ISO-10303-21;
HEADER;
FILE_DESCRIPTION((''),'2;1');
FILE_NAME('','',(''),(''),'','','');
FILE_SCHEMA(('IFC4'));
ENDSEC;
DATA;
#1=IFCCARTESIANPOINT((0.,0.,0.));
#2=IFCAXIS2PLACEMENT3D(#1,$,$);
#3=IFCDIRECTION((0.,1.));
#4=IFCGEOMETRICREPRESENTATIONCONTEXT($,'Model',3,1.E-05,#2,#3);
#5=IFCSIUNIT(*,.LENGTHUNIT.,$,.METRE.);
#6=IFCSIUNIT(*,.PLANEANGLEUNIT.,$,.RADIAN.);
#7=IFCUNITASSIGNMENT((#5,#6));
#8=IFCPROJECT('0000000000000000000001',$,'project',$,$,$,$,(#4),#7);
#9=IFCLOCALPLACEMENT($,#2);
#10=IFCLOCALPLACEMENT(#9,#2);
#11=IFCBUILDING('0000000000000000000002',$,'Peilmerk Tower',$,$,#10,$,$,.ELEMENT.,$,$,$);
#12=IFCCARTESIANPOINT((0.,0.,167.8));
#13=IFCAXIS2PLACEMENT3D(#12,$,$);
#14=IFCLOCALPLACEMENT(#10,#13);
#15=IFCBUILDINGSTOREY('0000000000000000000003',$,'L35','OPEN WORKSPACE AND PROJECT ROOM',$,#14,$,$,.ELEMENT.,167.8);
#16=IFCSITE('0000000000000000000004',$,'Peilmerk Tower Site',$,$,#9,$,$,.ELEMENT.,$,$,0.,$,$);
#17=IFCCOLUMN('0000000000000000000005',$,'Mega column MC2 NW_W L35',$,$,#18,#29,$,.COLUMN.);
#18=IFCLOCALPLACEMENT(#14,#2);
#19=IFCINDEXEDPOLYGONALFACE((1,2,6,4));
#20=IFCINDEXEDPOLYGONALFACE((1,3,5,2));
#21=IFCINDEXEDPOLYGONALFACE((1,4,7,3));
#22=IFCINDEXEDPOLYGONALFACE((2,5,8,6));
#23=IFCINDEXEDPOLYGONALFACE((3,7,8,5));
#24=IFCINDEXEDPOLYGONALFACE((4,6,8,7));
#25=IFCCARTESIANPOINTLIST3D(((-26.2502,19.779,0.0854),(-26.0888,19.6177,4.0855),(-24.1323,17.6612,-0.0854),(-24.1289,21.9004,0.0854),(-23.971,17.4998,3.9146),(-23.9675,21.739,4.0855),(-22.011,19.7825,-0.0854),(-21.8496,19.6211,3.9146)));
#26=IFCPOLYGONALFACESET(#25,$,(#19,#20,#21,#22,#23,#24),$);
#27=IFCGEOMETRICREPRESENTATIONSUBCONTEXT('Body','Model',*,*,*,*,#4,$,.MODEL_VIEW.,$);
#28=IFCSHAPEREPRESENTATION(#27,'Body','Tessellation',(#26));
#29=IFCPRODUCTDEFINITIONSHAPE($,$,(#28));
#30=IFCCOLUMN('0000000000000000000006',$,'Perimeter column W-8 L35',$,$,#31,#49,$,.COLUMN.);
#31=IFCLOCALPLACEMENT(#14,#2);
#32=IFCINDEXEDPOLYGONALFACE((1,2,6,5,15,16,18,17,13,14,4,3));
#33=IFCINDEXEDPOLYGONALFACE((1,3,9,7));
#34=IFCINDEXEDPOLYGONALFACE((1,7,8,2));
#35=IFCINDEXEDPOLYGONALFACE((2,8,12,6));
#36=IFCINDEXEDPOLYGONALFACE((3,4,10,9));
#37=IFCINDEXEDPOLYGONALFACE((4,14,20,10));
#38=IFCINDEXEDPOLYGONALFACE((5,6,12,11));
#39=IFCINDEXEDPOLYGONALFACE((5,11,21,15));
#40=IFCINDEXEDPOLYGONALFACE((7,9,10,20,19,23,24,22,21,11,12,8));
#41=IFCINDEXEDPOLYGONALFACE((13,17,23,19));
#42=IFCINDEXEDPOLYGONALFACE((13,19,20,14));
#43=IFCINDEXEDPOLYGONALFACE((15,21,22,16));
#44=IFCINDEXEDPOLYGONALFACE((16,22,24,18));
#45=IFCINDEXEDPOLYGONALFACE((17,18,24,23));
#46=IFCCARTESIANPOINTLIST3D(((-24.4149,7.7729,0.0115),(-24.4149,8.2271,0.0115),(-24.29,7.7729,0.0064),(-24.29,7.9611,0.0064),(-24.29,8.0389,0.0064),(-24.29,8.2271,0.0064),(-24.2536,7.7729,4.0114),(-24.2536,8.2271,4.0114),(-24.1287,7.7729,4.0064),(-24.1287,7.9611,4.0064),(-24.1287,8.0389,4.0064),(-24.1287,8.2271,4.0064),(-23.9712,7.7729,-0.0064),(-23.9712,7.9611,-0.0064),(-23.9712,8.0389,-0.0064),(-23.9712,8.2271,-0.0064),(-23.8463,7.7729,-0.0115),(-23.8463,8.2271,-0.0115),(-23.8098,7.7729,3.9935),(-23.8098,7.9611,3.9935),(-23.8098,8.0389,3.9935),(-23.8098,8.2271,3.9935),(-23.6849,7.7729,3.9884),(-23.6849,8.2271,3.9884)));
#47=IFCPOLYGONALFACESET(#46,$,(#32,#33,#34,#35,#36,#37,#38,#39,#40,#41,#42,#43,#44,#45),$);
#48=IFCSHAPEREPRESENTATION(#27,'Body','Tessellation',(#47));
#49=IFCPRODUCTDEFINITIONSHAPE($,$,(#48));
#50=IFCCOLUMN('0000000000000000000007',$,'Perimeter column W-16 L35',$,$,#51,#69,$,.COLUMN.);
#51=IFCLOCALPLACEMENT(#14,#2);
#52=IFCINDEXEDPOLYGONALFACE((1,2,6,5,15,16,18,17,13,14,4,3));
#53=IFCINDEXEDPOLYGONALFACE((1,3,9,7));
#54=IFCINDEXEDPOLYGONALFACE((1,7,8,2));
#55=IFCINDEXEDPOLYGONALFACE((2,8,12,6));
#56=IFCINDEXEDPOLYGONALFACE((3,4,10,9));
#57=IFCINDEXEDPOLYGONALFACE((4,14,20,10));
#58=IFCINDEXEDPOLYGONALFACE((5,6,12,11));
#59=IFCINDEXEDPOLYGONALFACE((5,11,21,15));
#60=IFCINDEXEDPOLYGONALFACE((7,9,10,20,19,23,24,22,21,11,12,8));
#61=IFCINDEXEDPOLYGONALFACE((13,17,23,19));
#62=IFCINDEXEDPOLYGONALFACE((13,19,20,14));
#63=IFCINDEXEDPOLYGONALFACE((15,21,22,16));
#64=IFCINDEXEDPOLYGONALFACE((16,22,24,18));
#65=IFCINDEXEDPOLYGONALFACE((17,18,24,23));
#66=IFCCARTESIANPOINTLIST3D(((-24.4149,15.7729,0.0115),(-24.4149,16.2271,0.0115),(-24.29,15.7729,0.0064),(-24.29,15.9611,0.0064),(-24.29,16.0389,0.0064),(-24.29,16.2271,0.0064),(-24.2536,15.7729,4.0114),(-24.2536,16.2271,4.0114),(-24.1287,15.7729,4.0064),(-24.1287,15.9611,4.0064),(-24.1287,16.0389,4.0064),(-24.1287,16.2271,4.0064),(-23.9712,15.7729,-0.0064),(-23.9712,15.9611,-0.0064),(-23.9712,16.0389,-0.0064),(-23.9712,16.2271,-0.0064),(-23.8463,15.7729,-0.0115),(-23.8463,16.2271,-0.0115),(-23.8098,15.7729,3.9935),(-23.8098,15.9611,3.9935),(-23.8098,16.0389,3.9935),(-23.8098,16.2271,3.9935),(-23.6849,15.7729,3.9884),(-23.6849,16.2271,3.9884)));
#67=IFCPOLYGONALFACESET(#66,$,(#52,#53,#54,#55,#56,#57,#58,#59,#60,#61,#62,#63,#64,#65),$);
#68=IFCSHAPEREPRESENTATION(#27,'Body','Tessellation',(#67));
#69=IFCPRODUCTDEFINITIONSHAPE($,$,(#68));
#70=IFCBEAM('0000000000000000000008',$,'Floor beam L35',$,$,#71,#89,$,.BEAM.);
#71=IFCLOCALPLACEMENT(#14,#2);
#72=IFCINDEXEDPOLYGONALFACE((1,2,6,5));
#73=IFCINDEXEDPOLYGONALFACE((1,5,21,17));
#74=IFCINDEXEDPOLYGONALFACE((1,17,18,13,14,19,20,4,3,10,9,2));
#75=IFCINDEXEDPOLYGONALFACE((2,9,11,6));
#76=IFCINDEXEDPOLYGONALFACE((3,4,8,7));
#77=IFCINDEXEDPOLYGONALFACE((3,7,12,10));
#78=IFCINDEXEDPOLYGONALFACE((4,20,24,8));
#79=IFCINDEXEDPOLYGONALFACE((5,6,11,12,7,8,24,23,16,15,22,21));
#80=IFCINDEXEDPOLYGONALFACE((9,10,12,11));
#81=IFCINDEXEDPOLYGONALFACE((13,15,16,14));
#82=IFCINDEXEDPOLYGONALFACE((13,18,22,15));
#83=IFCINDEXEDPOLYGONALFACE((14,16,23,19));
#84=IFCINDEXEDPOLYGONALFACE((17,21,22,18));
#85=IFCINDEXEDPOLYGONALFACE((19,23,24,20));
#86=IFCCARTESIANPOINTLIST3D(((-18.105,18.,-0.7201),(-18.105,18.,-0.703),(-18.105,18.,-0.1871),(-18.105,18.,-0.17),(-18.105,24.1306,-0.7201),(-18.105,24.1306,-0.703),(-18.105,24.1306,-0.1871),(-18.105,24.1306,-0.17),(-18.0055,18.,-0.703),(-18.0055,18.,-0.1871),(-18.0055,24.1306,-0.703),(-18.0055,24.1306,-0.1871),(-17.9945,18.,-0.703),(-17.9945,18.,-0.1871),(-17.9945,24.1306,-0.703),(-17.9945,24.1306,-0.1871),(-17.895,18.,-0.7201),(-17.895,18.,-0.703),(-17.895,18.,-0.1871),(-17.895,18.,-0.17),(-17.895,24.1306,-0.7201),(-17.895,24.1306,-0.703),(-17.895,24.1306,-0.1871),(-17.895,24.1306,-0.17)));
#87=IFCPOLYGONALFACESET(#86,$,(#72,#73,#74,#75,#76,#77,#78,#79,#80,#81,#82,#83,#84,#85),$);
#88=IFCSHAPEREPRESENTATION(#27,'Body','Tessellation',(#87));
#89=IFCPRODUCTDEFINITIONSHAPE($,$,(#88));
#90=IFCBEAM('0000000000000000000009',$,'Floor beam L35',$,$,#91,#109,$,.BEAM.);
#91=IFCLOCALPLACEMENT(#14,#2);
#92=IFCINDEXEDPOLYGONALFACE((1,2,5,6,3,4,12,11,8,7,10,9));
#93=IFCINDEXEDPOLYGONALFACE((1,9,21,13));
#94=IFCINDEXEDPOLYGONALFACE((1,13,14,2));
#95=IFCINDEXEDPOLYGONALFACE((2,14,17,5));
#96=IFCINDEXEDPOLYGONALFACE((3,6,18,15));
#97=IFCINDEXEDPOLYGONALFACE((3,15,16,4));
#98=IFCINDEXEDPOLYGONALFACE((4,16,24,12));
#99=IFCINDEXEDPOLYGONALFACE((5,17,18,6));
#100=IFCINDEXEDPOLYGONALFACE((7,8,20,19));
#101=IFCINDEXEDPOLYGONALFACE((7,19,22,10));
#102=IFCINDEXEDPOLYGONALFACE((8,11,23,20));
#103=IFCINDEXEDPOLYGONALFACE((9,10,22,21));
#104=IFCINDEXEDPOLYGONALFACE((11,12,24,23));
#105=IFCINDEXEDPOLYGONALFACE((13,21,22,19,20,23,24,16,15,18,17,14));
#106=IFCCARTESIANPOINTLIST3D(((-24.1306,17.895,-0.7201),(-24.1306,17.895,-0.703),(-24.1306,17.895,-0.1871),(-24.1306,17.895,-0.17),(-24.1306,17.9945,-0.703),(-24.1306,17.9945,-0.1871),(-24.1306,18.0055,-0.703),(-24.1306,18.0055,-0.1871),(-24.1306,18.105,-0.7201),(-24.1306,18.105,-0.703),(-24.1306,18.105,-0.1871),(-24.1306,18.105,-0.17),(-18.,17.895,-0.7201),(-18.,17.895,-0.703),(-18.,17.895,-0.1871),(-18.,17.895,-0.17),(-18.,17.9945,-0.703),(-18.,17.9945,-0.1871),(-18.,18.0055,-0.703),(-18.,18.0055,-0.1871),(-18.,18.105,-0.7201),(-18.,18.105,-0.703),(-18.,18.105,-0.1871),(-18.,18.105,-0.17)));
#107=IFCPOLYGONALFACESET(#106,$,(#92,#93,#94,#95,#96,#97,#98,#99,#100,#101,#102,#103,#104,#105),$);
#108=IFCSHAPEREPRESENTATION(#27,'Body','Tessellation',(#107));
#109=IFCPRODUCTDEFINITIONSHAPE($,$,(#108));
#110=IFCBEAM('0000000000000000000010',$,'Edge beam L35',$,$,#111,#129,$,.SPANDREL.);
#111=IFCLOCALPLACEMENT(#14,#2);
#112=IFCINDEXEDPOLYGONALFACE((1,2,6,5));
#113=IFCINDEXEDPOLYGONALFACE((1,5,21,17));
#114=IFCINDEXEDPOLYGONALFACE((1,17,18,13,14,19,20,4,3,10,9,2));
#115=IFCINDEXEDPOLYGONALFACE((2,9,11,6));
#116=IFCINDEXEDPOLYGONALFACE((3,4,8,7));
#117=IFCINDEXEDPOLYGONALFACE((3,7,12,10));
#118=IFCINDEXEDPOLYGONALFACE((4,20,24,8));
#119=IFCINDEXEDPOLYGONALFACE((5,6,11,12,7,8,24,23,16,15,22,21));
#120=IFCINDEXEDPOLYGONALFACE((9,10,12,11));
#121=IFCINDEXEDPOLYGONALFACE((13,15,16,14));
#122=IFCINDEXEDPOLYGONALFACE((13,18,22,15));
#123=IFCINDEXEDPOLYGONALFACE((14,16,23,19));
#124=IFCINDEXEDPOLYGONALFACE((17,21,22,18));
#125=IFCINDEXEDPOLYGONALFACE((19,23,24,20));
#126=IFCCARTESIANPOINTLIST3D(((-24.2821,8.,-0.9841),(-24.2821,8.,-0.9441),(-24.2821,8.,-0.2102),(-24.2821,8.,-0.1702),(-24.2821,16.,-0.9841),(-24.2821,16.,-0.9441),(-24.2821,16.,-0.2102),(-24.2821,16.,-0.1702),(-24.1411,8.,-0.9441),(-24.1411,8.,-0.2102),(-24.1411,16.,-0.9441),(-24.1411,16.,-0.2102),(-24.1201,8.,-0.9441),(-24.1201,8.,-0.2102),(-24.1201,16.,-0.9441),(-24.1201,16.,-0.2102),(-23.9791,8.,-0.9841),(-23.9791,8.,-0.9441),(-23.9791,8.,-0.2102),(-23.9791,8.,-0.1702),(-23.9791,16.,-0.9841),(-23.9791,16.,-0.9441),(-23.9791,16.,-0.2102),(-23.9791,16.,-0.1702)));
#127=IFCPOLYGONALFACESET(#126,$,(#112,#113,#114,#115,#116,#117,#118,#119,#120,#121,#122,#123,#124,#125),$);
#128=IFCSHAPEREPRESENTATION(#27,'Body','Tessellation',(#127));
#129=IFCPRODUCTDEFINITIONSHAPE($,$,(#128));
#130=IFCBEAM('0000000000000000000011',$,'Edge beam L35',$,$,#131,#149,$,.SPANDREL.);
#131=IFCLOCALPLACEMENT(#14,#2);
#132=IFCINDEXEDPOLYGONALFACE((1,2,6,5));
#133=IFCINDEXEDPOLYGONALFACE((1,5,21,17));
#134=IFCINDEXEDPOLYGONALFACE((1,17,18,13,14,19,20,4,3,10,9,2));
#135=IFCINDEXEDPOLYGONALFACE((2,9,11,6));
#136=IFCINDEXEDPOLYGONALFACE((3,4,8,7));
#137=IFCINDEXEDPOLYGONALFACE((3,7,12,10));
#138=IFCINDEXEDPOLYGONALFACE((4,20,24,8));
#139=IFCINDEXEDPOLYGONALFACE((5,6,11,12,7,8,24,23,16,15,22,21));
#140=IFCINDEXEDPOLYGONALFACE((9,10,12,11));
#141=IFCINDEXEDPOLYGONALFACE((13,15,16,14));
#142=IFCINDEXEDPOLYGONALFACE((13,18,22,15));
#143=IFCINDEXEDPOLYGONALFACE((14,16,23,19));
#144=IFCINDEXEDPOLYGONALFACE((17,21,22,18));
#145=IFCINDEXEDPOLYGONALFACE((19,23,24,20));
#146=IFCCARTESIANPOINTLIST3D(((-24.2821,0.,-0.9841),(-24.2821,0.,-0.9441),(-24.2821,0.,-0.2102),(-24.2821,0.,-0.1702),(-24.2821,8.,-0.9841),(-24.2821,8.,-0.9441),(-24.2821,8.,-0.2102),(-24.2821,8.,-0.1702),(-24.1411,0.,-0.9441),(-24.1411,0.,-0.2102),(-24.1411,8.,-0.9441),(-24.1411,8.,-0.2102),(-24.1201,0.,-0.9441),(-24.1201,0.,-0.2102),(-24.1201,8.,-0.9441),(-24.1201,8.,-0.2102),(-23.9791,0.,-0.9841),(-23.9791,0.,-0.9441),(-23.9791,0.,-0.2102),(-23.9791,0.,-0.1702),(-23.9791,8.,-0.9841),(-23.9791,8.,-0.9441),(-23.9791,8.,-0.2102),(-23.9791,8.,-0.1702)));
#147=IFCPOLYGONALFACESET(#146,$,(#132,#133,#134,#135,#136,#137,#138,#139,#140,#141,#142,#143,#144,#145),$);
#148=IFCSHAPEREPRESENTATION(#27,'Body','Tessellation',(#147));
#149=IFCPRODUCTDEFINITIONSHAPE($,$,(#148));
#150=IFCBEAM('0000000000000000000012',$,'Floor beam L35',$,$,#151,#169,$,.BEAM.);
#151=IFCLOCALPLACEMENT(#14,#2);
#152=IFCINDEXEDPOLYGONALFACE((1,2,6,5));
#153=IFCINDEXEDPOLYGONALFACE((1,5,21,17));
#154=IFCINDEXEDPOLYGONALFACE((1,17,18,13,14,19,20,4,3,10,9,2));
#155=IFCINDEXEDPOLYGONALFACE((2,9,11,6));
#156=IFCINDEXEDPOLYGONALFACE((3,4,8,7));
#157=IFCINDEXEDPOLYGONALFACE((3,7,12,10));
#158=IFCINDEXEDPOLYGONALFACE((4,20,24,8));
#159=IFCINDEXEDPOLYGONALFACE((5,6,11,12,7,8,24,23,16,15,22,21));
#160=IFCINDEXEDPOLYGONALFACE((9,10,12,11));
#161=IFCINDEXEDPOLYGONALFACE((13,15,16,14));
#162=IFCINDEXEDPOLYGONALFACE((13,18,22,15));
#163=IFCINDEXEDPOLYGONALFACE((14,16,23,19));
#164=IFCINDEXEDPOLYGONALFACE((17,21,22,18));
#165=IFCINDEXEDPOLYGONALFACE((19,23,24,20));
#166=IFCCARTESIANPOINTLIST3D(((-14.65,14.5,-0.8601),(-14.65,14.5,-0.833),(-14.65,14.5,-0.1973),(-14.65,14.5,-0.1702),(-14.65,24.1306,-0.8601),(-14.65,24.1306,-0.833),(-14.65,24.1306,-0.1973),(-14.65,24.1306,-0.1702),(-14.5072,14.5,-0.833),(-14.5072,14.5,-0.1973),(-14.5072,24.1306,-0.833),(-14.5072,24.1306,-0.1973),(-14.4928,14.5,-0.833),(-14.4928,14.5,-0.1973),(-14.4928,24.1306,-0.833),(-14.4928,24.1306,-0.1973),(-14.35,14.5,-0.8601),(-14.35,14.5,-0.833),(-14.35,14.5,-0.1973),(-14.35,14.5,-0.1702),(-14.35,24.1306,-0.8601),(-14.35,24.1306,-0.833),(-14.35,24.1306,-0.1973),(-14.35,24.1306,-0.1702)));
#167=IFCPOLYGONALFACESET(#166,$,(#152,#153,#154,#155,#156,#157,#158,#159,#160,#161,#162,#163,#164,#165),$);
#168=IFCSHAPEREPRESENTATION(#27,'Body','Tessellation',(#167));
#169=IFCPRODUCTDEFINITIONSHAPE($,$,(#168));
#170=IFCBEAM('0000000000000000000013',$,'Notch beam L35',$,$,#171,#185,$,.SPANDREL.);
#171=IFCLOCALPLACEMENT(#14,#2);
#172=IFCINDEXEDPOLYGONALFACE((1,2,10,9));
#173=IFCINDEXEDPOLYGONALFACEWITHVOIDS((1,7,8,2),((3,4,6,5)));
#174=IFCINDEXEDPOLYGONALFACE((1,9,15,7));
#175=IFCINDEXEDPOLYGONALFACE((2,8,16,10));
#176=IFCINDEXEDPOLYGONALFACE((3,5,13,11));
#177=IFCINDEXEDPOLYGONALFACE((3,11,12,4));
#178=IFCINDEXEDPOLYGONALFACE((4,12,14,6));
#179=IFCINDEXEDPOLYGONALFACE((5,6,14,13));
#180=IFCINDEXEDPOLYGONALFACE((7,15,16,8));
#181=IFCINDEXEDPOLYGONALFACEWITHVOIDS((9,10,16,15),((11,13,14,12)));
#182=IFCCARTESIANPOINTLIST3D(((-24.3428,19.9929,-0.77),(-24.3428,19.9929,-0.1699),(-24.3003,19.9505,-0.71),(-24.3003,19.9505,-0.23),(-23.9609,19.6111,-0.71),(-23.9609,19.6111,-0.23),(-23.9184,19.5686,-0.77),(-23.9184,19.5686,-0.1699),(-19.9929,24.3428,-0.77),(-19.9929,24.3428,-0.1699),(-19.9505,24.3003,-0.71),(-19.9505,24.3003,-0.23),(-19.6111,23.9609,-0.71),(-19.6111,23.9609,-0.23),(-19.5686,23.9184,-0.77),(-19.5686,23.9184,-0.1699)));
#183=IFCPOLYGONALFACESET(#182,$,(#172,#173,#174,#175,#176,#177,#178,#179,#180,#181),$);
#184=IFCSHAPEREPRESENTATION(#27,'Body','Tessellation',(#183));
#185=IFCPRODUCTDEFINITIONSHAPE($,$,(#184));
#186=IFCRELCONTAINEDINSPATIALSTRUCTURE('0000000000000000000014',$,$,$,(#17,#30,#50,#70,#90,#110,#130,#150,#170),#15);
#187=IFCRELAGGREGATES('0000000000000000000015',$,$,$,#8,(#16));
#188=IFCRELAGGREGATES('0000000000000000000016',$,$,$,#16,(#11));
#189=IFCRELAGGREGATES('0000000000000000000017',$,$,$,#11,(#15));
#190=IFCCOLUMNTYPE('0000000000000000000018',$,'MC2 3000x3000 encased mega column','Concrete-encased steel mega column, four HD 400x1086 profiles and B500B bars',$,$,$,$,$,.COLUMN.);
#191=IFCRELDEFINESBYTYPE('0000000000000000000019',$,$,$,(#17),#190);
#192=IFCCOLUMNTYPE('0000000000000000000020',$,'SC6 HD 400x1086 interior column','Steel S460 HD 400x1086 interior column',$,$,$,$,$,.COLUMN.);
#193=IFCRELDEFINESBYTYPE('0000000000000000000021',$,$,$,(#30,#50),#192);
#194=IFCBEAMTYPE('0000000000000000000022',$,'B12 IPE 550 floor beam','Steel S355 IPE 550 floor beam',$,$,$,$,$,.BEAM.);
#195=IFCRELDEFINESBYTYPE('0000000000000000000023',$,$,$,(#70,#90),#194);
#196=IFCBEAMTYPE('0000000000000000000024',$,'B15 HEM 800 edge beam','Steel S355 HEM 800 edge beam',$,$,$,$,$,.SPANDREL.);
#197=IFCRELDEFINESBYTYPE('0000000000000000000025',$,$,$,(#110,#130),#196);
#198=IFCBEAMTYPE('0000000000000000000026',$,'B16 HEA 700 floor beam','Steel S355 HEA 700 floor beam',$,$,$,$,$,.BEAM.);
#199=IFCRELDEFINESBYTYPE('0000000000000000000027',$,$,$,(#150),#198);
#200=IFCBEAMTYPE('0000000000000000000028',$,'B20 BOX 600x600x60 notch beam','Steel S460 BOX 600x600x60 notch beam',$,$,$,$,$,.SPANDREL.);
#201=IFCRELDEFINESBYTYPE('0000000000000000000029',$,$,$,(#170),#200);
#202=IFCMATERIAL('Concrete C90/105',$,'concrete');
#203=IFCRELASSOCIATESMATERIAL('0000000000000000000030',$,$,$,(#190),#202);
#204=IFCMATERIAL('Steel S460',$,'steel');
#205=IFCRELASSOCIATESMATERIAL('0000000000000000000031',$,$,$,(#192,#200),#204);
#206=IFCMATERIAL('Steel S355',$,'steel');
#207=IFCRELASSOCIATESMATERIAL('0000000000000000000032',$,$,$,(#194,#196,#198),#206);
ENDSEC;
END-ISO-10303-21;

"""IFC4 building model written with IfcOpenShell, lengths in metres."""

from ifc_helpers import new_model, si_unit, direction, frame, origin, origin_2d, place, context, subcontext, project, spatial, rectangle, hollow_rectangle, i_section, extrude, material, material_profile, profile_set, type_object, element, save


model = new_model("IFC4")

# Units and contexts
model_context = context("Model", 3, precision=1e-05, world=origin(), true_north=direction((0.0, 1.0)))
body_context = subcontext(model_context, "Body", "Model", "MODEL_VIEW")
ifc_project = project(units=[si_unit("LENGTHUNIT", "METRE"), si_unit("PLANEANGLEUNIT", "RADIAN")], contexts=[model_context])

# Site, building, storey
site_placement = place(None, origin())
site = spatial("IfcSite", under=ifc_project, at=site_placement, Name="Peilmerk Tower Site", CompositionType="ELEMENT", RefElevation=0.0)
building_placement = place(site_placement, origin())
building = spatial("IfcBuilding", under=site, at=building_placement, Name="Peilmerk Tower", CompositionType="ELEMENT")
storey_placement = place(building_placement, frame((0.0, 0.0, 167.8)))
storey = spatial("IfcBuildingStorey", under=building, at=storey_placement, Name="L35", Description="OPEN WORKSPACE AND PROJECT ROOM", CompositionType="ELEMENT", Elevation=167.8)

# Columns
ifc_material_1 = material(Name="Concrete C90/105", Category="concrete")
ifc_material_profile_1 = material_profile(ifc_material_1, rectangle(XDim=3.0, YDim=3.0, at=origin_2d()), Name="RC 3000x3000")
ifc_profile_set_1 = profile_set([ifc_material_profile_1], Name="Concrete C90/105")
column_type_1 = type_object("IfcColumnType", Name="MC2 3000x3000 encased mega column", Description="Concrete-encased steel mega column, four HD 400x1086 profiles and B500B bars", PredefinedType="COLUMN", material=ifc_profile_set_1)
column_placement = place(storey_placement, frame((-24.1306, 19.7808, 0.0), z_axis=(0.040279, -0.040279, 0.998376), x_axis=(0.707107, 0.707107, 0.0)))
element("IfcColumn", 1, at=column_placement, inside=storey, type_object=column_type_1, Name="Mega column MC2 NW_W L35", PredefinedType="COLUMN", context=body_context, shape_type="SweptSolid", body=[
    extrude(rectangle(XDim=3.0, YDim=3.0, at=origin_2d()), origin(), (0.0, 0.0, 1.0), 4.0066),
])
ifc_material_2 = material(Name="Steel S460", Category="steel")
ifc_material_profile_2 = material_profile(ifc_material_2, i_section(OverallWidth=0.4541, OverallDepth=0.5691, WebThickness=0.0779, FlangeThickness=0.125, at=origin_2d()), Name="HD 400x1086")
ifc_profile_set_2 = profile_set([ifc_material_profile_2], Name="Steel S460")
column_type_2 = type_object("IfcColumnType", Name="SC6 HD 400x1086 interior column", Description="Steel S460 HD 400x1086 interior column", PredefinedType="COLUMN", material=ifc_profile_set_2)
for number, where, z_axis, x_axis, name in (
    (2, (-24.1306, 8.0, 0.0), (0.040311, 0.0, 0.999187), (0.0, 1.0, 0.0), "Perimeter column W-8 L35"),
    (3, (-24.1306, 16.0, 0.0), (0.040311, 0.0, 0.999187), (0.0, 1.0, 0.0), "Perimeter column W-16 L35"),
):
    element("IfcColumn", number, at=place(storey_placement, frame(where, z_axis=z_axis, x_axis=x_axis)), inside=storey, type_object=column_type_2, Name=name, PredefinedType="COLUMN", context=body_context, shape_type="SweptSolid", body=[
        extrude(i_section(OverallWidth=0.4541, OverallDepth=0.5691, WebThickness=0.0779, FlangeThickness=0.125, at=origin_2d()), origin(), (0.0, 0.0, 1.0), 4.0032),
    ])

# Beams
ifc_material_3 = material(Name="Steel S355", Category="steel")
ifc_material_profile_3 = material_profile(ifc_material_3, i_section(OverallWidth=0.21, OverallDepth=0.55, WebThickness=0.011, FlangeThickness=0.0171, at=origin_2d()), Name="IPE 550")
ifc_profile_set_3 = profile_set([ifc_material_profile_3], Name="Steel S355")
beam_type_1 = type_object("IfcBeamType", Name="B12 IPE 550 floor beam", Description="Steel S355 IPE 550 floor beam", PredefinedType="BEAM", material=ifc_profile_set_3)
for number, where, z_axis, x_axis, name in (
    (4, (-18.0, 18.0, -0.4451), (0.0, 1.0, 0.0), (-1.0, 0.0, 0.0), "Floor beam L35"),
    (5, (-18.0, 18.0, -0.4451), (-1.0, 0.0, 0.0), (0.0, -1.0, 0.0), "Floor beam L35"),
):
    element("IfcBeam", number, at=place(storey_placement, frame(where, z_axis=z_axis, x_axis=x_axis)), inside=storey, type_object=beam_type_1, Name=name, PredefinedType="BEAM", context=body_context, shape_type="SweptSolid", body=[
        extrude(i_section(OverallWidth=0.21, OverallDepth=0.55, WebThickness=0.011, FlangeThickness=0.0171, at=origin_2d()), origin(), (0.0, 0.0, 1.0), 6.1306),
    ])
ifc_material_profile_4 = material_profile(ifc_material_3, i_section(OverallWidth=0.303, OverallDepth=0.814, WebThickness=0.021, FlangeThickness=0.04, at=origin_2d()), Name="HEM 800")
ifc_profile_set_4 = profile_set([ifc_material_profile_4], Name="Steel S355")
beam_type_2 = type_object("IfcBeamType", Name="B15 HEM 800 edge beam", Description="Steel S355 HEM 800 edge beam", PredefinedType="SPANDREL", material=ifc_profile_set_4)
for number, where, z_axis, x_axis, name in (
    (6, (-24.1306, 16.0, -0.5771), (0.0, -1.0, 0.0), (1.0, 0.0, 0.0), "Edge beam L35"),
    (7, (-24.1306, 8.0, -0.5771), (0.0, -1.0, 0.0), (1.0, 0.0, 0.0), "Edge beam L35"),
):
    element("IfcBeam", number, at=place(storey_placement, frame(where, z_axis=z_axis, x_axis=x_axis)), inside=storey, type_object=beam_type_2, Name=name, PredefinedType="SPANDREL", context=body_context, shape_type="SweptSolid", body=[
        extrude(i_section(OverallWidth=0.303, OverallDepth=0.814, WebThickness=0.021, FlangeThickness=0.04, at=origin_2d()), origin(), (0.0, 0.0, 1.0), 8.0),
    ])
ifc_material_profile_5 = material_profile(ifc_material_3, i_section(OverallWidth=0.3, OverallDepth=0.6899, WebThickness=0.0144, FlangeThickness=0.0271, at=origin_2d()), Name="HEA 700")
ifc_profile_set_5 = profile_set([ifc_material_profile_5], Name="Steel S355")
beam_type_3 = type_object("IfcBeamType", Name="B16 HEA 700 floor beam", Description="Steel S355 HEA 700 floor beam", PredefinedType="BEAM", material=ifc_profile_set_5)
beam_1_placement = place(storey_placement, frame((-14.5, 14.5, -0.5151), z_axis=(0.0, 1.0, 0.0), x_axis=(-1.0, 0.0, 0.0)))
element("IfcBeam", 8, at=beam_1_placement, inside=storey, type_object=beam_type_3, Name="Floor beam L35", PredefinedType="BEAM", context=body_context, shape_type="SweptSolid", body=[
    extrude(i_section(OverallWidth=0.3, OverallDepth=0.6899, WebThickness=0.0144, FlangeThickness=0.0271, at=origin_2d()), origin(), (0.0, 0.0, 1.0), 9.6306),
])
ifc_material_profile_6 = material_profile(ifc_material_2, hollow_rectangle(XDim=0.6001, YDim=0.6001, WallThickness=0.0601, at=origin_2d()), Name="BOX 600x600x60")
ifc_profile_set_6 = profile_set([ifc_material_profile_6], Name="Steel S460")
beam_type_4 = type_object("IfcBeamType", Name="B20 BOX 600x600x60 notch beam", Description="Steel S460 BOX 600x600x60 notch beam", PredefinedType="SPANDREL", material=ifc_profile_set_6)
beam_2_placement = place(storey_placement, frame((-24.1306, 19.7808, -0.47), z_axis=(0.707107, 0.707107, 0.0), x_axis=(-0.707107, 0.707107, 0.0)))
element("IfcBeam", 9, at=beam_2_placement, inside=storey, type_object=beam_type_4, Name="Notch beam L35", PredefinedType="SPANDREL", context=body_context, shape_type="SweptSolid", body=[
    extrude(hollow_rectangle(XDim=0.6001, YDim=0.6001, WallThickness=0.0601, at=origin_2d()), origin(), (0.0, 0.0, 1.0), 6.1516),
])

save(model, "model.ifc")
